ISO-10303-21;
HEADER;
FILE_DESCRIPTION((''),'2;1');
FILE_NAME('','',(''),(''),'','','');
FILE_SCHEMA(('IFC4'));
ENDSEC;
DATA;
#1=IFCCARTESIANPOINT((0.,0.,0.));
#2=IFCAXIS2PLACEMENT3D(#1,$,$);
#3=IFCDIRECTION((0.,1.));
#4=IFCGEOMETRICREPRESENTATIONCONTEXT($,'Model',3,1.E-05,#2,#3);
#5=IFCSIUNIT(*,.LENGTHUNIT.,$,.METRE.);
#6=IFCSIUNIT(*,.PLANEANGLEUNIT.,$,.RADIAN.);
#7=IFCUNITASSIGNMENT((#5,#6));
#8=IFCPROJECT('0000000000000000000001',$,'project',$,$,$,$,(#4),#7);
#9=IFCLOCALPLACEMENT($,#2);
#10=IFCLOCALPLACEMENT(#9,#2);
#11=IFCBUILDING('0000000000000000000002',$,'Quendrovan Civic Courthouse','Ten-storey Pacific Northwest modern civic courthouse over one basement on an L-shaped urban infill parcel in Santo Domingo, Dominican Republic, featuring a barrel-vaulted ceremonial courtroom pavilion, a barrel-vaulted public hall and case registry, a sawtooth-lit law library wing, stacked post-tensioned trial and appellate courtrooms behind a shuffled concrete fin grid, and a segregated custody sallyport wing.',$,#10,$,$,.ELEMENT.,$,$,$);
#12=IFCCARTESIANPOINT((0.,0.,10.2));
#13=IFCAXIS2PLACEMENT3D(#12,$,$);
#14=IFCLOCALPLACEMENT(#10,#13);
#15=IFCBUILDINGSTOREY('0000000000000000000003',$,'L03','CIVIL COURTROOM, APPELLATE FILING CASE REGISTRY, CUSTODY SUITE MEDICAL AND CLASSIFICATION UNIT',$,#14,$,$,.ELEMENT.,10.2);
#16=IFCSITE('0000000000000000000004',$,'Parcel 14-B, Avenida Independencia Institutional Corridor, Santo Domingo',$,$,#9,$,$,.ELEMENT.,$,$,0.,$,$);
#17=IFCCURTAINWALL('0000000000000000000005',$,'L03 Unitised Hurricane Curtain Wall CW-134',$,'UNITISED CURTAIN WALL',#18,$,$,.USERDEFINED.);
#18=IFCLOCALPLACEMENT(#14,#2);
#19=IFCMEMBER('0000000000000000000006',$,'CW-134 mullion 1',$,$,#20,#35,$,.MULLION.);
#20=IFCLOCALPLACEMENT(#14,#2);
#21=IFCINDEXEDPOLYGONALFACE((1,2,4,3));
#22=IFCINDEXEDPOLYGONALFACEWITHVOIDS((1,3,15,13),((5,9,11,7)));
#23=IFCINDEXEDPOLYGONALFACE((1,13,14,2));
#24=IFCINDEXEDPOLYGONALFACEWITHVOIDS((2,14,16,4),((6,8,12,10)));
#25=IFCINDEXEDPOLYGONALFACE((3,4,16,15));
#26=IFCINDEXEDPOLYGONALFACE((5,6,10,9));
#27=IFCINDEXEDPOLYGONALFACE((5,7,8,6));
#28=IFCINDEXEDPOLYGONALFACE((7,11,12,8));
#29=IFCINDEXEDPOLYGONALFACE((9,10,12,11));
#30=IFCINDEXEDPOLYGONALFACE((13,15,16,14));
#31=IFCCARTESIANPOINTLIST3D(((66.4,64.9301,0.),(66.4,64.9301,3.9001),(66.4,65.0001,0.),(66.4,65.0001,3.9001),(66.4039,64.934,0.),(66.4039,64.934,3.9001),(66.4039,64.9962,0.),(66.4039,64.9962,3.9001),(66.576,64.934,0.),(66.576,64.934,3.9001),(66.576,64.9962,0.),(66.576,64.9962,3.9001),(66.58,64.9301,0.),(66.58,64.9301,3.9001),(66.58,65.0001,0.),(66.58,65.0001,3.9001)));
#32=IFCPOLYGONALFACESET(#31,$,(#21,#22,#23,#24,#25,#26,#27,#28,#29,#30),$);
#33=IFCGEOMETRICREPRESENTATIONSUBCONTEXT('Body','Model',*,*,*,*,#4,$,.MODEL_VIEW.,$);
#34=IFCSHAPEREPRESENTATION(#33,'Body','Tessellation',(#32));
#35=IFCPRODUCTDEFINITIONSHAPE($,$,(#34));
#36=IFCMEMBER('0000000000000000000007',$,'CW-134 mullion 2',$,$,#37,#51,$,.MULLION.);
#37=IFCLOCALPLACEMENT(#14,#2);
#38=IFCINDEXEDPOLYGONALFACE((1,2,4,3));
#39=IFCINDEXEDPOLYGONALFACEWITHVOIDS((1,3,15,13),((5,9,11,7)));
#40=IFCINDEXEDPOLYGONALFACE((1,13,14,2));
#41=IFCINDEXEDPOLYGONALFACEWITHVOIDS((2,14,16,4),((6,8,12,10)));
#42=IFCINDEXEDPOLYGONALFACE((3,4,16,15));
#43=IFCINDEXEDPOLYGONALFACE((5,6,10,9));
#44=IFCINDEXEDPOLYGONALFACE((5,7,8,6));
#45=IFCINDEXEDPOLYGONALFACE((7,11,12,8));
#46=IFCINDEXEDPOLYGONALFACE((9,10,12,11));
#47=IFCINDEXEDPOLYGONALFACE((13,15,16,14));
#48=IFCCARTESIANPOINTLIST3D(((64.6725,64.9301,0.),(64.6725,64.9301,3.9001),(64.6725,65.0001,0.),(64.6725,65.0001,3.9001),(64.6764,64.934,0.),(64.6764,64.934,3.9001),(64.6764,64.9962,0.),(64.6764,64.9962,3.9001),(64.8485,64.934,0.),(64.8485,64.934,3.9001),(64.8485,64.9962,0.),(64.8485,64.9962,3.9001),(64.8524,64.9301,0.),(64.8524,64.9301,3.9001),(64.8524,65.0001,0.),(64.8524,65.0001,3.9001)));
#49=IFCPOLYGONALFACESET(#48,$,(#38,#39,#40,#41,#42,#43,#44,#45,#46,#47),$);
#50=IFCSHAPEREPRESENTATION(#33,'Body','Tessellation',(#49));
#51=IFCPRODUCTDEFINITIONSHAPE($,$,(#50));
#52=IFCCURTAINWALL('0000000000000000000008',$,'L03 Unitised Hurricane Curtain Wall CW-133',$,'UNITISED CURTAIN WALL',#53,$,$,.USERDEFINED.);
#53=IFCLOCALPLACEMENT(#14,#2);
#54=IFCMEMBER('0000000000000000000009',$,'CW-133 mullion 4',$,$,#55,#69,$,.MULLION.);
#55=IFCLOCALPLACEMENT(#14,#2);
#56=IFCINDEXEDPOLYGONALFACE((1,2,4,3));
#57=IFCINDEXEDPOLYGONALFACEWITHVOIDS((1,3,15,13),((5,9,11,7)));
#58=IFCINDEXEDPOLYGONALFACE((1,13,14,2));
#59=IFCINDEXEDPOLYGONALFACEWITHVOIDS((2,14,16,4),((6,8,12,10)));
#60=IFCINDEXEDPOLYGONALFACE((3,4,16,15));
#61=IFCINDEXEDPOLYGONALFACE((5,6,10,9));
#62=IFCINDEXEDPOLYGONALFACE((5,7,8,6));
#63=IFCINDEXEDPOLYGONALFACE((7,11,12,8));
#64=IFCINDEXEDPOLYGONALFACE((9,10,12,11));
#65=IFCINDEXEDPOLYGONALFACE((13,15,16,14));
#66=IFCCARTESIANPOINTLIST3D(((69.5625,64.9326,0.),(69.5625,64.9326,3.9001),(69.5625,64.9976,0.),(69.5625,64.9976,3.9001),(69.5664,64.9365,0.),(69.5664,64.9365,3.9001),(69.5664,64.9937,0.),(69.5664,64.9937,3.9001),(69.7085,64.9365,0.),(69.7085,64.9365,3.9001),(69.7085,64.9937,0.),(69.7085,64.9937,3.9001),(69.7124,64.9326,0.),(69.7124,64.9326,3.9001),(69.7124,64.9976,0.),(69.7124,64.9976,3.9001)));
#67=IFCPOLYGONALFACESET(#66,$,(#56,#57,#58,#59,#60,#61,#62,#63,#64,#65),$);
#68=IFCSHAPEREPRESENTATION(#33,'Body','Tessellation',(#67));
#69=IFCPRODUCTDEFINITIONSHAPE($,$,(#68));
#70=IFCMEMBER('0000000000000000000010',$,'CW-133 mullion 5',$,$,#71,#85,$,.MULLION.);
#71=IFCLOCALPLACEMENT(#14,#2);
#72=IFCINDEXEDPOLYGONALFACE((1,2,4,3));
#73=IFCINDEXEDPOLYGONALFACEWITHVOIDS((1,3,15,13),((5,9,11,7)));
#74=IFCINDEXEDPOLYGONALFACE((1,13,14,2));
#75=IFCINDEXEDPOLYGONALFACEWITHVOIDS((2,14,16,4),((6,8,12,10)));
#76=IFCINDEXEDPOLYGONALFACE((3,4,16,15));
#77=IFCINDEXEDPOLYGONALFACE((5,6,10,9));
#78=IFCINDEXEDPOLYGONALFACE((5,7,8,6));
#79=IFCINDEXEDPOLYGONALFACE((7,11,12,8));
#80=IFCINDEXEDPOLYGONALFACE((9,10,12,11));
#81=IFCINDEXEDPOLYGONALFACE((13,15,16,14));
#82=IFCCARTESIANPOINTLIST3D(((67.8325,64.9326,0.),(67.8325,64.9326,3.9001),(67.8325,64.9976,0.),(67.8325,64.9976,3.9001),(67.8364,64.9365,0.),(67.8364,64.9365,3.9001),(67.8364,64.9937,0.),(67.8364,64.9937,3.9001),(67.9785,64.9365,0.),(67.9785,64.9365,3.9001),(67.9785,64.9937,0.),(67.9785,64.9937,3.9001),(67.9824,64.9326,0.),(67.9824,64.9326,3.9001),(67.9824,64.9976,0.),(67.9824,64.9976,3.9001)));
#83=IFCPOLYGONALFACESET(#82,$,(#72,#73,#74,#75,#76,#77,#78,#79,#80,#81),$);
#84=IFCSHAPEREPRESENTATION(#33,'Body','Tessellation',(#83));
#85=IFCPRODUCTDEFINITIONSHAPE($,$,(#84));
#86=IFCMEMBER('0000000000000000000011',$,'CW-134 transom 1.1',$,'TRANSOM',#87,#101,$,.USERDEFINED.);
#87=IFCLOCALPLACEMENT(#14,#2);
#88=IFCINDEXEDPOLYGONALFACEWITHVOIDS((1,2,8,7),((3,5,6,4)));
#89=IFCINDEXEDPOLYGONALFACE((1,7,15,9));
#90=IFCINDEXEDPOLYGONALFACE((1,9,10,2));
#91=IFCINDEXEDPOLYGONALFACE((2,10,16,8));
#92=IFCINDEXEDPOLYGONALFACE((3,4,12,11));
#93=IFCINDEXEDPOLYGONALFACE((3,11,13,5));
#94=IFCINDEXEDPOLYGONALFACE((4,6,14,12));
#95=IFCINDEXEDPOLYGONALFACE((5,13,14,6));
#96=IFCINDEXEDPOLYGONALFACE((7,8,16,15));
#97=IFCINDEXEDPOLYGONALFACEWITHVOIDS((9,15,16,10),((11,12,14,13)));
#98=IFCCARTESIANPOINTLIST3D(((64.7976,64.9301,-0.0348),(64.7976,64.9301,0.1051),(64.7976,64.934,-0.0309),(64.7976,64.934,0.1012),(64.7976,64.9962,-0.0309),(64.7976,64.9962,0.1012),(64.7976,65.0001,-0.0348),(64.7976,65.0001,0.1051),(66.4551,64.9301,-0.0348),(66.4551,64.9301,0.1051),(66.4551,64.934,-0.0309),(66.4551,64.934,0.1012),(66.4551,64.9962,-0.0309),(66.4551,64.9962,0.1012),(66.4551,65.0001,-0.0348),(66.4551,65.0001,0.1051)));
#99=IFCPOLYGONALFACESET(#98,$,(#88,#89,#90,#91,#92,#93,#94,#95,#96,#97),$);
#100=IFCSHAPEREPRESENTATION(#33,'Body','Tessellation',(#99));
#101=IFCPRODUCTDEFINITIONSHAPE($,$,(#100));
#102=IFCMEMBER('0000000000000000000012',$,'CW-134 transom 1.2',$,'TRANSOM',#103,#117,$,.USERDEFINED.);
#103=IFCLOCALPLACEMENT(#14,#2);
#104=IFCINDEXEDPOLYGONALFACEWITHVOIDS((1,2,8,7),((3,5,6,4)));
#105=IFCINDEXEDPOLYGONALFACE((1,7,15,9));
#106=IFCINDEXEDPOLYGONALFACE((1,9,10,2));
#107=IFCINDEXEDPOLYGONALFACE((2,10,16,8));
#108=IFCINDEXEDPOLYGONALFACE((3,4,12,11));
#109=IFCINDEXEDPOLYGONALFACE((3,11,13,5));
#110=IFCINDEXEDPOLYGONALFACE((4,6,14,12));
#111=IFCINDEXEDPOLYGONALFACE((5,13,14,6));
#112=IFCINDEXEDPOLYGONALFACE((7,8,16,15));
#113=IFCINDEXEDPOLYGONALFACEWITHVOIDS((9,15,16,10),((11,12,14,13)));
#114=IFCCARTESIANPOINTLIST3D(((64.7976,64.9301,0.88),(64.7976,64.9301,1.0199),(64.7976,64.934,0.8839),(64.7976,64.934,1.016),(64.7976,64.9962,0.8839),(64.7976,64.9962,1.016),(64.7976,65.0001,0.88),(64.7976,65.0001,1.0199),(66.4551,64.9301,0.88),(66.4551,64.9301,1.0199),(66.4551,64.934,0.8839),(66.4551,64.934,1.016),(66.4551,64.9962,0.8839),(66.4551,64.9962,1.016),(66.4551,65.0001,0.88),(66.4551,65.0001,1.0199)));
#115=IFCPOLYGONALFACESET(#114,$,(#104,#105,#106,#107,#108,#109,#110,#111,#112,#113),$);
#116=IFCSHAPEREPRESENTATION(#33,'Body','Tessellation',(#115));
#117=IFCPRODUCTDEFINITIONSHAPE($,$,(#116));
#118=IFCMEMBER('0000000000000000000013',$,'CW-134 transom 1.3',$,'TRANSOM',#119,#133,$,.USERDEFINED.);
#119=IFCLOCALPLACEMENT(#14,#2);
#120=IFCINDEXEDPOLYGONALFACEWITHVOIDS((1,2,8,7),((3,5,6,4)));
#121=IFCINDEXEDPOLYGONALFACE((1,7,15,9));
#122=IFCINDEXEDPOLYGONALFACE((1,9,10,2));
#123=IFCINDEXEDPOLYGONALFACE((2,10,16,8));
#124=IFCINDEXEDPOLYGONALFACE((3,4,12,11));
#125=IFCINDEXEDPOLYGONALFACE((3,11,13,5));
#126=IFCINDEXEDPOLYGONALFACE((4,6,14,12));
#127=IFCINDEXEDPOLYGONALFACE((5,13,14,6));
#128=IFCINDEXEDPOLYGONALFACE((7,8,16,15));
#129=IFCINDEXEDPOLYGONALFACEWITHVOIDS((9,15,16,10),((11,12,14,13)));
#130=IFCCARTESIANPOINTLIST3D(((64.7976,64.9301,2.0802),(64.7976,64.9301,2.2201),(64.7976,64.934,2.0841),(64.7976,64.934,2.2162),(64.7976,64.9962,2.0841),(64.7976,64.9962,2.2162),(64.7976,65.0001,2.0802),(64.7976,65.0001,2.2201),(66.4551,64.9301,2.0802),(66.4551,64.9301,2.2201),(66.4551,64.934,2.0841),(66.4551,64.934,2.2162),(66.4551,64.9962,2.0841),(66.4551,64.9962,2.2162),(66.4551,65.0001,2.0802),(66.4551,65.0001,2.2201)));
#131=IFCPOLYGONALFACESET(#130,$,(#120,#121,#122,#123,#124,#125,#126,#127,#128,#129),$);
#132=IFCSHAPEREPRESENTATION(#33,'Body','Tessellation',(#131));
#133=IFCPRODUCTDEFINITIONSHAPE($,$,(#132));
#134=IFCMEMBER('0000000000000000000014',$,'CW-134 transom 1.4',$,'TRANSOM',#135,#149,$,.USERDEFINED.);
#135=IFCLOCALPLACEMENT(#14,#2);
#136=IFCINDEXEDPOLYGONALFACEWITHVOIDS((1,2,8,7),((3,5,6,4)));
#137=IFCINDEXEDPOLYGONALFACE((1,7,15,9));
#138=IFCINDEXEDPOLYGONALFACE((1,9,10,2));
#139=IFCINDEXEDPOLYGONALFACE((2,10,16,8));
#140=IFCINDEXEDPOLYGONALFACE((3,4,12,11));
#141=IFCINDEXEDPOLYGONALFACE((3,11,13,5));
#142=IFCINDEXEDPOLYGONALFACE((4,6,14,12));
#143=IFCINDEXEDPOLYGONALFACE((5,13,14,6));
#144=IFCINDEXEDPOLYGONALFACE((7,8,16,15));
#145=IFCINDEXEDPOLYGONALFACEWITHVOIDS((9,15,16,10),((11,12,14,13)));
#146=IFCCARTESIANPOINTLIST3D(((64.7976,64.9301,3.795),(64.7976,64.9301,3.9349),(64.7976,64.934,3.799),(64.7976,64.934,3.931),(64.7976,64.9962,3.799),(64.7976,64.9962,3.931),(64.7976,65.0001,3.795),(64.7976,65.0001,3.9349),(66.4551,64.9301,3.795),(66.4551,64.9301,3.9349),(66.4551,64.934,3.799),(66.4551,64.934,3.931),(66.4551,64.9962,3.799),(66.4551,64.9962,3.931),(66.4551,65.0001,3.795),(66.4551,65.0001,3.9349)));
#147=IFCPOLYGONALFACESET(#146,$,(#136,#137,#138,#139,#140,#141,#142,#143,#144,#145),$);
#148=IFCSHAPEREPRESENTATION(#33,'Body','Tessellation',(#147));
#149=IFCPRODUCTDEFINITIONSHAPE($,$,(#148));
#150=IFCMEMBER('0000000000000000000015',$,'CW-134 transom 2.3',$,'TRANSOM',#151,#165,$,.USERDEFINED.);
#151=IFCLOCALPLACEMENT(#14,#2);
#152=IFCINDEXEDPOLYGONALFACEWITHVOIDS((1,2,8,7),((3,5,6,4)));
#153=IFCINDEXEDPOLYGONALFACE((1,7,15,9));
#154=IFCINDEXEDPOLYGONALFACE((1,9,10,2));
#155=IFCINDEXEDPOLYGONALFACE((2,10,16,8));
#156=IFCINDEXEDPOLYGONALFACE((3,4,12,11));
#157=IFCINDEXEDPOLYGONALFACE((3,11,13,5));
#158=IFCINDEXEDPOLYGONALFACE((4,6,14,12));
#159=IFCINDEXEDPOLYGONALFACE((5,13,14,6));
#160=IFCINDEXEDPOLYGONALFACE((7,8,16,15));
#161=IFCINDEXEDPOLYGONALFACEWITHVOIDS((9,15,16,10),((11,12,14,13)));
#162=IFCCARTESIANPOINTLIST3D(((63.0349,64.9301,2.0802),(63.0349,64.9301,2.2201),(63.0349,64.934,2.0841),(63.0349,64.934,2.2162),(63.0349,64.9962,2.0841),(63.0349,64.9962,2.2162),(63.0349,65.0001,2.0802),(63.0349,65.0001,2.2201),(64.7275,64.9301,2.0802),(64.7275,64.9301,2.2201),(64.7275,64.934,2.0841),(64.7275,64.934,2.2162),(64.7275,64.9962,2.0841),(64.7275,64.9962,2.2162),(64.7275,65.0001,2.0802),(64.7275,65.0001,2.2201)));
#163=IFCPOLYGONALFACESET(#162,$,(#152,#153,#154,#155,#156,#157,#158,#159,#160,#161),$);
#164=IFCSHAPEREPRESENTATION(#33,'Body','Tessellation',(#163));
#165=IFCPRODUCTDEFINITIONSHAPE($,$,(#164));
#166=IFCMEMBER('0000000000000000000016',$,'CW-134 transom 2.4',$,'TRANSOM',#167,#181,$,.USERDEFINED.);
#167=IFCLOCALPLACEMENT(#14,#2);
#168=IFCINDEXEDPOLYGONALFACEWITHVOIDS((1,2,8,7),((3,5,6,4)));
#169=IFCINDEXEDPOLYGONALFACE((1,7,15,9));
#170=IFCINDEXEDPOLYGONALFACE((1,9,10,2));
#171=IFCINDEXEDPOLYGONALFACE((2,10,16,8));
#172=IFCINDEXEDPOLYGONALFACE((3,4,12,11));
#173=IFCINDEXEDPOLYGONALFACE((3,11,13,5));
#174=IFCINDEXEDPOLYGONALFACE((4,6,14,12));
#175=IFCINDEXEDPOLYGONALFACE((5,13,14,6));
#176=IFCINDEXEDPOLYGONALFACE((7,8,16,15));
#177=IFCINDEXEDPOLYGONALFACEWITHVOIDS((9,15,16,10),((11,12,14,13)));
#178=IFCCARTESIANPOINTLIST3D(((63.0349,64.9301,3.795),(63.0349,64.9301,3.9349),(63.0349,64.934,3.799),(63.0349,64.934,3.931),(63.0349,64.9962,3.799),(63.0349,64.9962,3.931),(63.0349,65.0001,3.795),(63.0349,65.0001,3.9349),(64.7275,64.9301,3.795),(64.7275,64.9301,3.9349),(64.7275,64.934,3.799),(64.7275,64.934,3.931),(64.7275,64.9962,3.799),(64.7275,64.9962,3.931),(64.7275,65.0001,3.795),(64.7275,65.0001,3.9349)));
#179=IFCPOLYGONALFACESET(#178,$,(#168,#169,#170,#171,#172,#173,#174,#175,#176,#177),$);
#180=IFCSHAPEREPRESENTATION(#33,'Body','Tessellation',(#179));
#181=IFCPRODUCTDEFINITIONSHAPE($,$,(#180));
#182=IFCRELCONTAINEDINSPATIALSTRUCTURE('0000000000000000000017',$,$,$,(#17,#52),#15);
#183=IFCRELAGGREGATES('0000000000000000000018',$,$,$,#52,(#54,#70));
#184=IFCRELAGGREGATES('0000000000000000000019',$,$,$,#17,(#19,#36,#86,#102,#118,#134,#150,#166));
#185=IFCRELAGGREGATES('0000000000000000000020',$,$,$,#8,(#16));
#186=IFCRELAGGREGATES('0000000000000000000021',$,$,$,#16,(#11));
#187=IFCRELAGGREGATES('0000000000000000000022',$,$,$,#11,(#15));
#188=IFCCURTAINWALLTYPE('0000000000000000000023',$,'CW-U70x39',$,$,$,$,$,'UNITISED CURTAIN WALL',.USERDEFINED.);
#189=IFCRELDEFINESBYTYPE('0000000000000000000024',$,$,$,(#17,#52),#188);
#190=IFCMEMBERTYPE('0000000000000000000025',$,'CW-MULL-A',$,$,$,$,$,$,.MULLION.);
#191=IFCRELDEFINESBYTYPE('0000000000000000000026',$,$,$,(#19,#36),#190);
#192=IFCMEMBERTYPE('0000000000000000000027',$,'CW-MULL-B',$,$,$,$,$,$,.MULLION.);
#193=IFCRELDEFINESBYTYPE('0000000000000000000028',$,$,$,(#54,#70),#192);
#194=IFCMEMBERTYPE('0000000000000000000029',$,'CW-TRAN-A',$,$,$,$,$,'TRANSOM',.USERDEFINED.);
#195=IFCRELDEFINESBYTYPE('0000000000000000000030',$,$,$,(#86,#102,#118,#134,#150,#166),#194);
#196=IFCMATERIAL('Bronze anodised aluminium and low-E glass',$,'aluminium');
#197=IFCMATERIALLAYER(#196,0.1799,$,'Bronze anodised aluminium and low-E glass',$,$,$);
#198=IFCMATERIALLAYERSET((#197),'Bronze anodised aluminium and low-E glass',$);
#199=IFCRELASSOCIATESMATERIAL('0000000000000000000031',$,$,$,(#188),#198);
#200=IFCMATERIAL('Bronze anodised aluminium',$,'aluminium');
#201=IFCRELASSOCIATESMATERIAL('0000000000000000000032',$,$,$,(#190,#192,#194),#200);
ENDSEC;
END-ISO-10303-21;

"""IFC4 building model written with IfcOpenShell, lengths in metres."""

from ifc_helpers import new_model, si_unit, direction, frame, origin, origin_2d, place, context, subcontext, project, spatial, hollow_rectangle, extrude, material, layer, layer_set, material_profile, profile_set, type_object, element, aggregate, save


model = new_model("IFC4")

# Units and contexts
model_context = context("Model", 3, precision=1e-05, world=origin(), true_north=direction((0.0, 1.0)))
body_context = subcontext(model_context, "Body", "Model", "MODEL_VIEW")
ifc_project = project(units=[si_unit("LENGTHUNIT", "METRE"), si_unit("PLANEANGLEUNIT", "RADIAN")], contexts=[model_context])

# Site, building, storey
site_placement = place(None, origin())
site = spatial("IfcSite", under=ifc_project, at=site_placement, Name="Parcel 14-B, Avenida Independencia Institutional Corridor, Santo Domingo", CompositionType="ELEMENT", RefElevation=0.0)
building_placement = place(site_placement, origin())
building = spatial("IfcBuilding", under=site, at=building_placement, Name="Quendrovan Civic Courthouse", Description="Ten-storey Pacific Northwest modern civic courthouse over one basement on an L-shaped urban infill parcel in Santo Domingo, Dominican Republic, featuring a barrel-vaulted ceremonial courtroom pavilion, a barrel-vaulted public hall and case registry, a sawtooth-lit law library wing, stacked post-tensioned trial and appellate courtrooms behind a shuffled concrete fin grid, and a segregated custody sallyport wing.", CompositionType="ELEMENT")
storey_placement = place(building_placement, frame((0.0, 0.0, 10.2)))
storey = spatial("IfcBuildingStorey", under=building, at=storey_placement, Name="L03", Description="CIVIL COURTROOM, APPELLATE FILING CASE REGISTRY, CUSTODY SUITE MEDICAL AND CLASSIFICATION UNIT", CompositionType="ELEMENT", Elevation=10.2)

# Curtain walls, members
ifc_material_1 = material(Name="Bronze anodised aluminium and low-E glass", Category="aluminium")
ifc_layer_1 = layer(ifc_material_1, 0.1799, Name="Bronze anodised aluminium and low-E glass")
ifc_layer_set_1 = layer_set([ifc_layer_1], Name="Bronze anodised aluminium and low-E glass")
curtain_wall_type = type_object("IfcCurtainWallType", Name="CW-U70x39", ElementType="UNITISED CURTAIN WALL", PredefinedType="USERDEFINED", material=ifc_layer_set_1)
curtain_wall_1_placement = place(storey_placement, origin())
curtain_wall_1 = element("IfcCurtainWall", 1, at=curtain_wall_1_placement, inside=storey, type_object=curtain_wall_type, Name="L03 Unitised Hurricane Curtain Wall CW-134", ObjectType="UNITISED CURTAIN WALL", PredefinedType="USERDEFINED")
ifc_material_2 = material(Name="Bronze anodised aluminium", Category="aluminium")
ifc_material_profile_1 = material_profile(ifc_material_2, hollow_rectangle(XDim=0.0701, YDim=0.1799, WallThickness=0.0039, at=origin_2d()), Name="CW-MULL-70x180")
ifc_profile_set_1 = profile_set([ifc_material_profile_1], Name="Bronze anodised aluminium")
member_type_1 = type_object("IfcMemberType", Name="CW-MULL-A", PredefinedType="MULLION", material=ifc_profile_set_1)
member_1_placement = place(storey_placement, frame((66.49, 64.9651, 0.0), z_axis=(0.0, 0.0, 1.0), x_axis=(0.0, -1.0, 0.0)))
member_1 = element("IfcMember", 2, at=member_1_placement, type_object=member_type_1, Name="CW-134 mullion 1", PredefinedType="MULLION", context=body_context, shape_type="SweptSolid", body=[
    extrude(hollow_rectangle(XDim=0.0701, YDim=0.1799, WallThickness=0.0039, at=origin_2d()), origin(), (0.0, 0.0, 1.0), 3.9001),
])
member_2_placement = place(storey_placement, frame((64.7625, 64.9651, 0.0), z_axis=(0.0, 0.0, 1.0), x_axis=(0.0, -1.0, 0.0)))
member_2 = element("IfcMember", 3, at=member_2_placement, type_object=member_type_1, Name="CW-134 mullion 2", PredefinedType="MULLION", context=body_context, shape_type="SweptSolid", body=[
    extrude(hollow_rectangle(XDim=0.0701, YDim=0.1799, WallThickness=0.0039, at=origin_2d()), origin(), (0.0, 0.0, 1.0), 3.9001),
])
curtain_wall_2_placement = place(storey_placement, origin())
curtain_wall_2 = element("IfcCurtainWall", 4, at=curtain_wall_2_placement, inside=storey, type_object=curtain_wall_type, Name="L03 Unitised Hurricane Curtain Wall CW-133", ObjectType="UNITISED CURTAIN WALL", PredefinedType="USERDEFINED")
ifc_material_profile_2 = material_profile(ifc_material_2, hollow_rectangle(XDim=0.0649, YDim=0.1499, WallThickness=0.0039, at=origin_2d()), Name="CW-MULL-65x150")
ifc_profile_set_2 = profile_set([ifc_material_profile_2], Name="Bronze anodised aluminium")
member_type_2 = type_object("IfcMemberType", Name="CW-MULL-B", PredefinedType="MULLION", material=ifc_profile_set_2)
member_3_placement = place(storey_placement, frame((69.6375, 64.9651, 0.0), z_axis=(0.0, 0.0, 1.0), x_axis=(0.0, -1.0, 0.0)))
member_3 = element("IfcMember", 5, at=member_3_placement, type_object=member_type_2, Name="CW-133 mullion 4", PredefinedType="MULLION", context=body_context, shape_type="SweptSolid", body=[
    extrude(hollow_rectangle(XDim=0.0649, YDim=0.1499, WallThickness=0.0039, at=origin_2d()), origin(), (0.0, 0.0, 1.0), 3.9001),
])
member_4_placement = place(storey_placement, frame((67.9075, 64.9651, 0.0), z_axis=(0.0, 0.0, 1.0), x_axis=(0.0, -1.0, 0.0)))
member_4 = element("IfcMember", 6, at=member_4_placement, type_object=member_type_2, Name="CW-133 mullion 5", PredefinedType="MULLION", context=body_context, shape_type="SweptSolid", body=[
    extrude(hollow_rectangle(XDim=0.0649, YDim=0.1499, WallThickness=0.0039, at=origin_2d()), origin(), (0.0, 0.0, 1.0), 3.9001),
])

# Members
ifc_material_profile_3 = material_profile(ifc_material_2, hollow_rectangle(XDim=0.0701, YDim=0.1399, WallThickness=0.0039, at=origin_2d()), Name="CW-TRAN-70x140")
ifc_profile_set_3 = profile_set([ifc_material_profile_3], Name="Bronze anodised aluminium")
member_type_3 = type_object("IfcMemberType", Name="CW-TRAN-A", ElementType="TRANSOM", PredefinedType="USERDEFINED", material=ifc_profile_set_3)
member_5_placement = place(storey_placement, frame((66.4551, 64.9651, 0.0352), z_axis=(-1.0, 0.0, 0.0), x_axis=(0.0, -1.0, 0.0)))
member_5 = element("IfcMember", 7, at=member_5_placement, type_object=member_type_3, Name="CW-134 transom 1.1", ObjectType="TRANSOM", PredefinedType="USERDEFINED", context=body_context, shape_type="SweptSolid", body=[
    extrude(hollow_rectangle(XDim=0.0701, YDim=0.1399, WallThickness=0.0039, at=origin_2d()), origin(), (0.0, 0.0, 1.0), 1.6575),
])
member_6_placement = place(storey_placement, frame((66.4551, 64.9651, 0.95), z_axis=(-1.0, 0.0, 0.0), x_axis=(0.0, -1.0, 0.0)))
member_6 = element("IfcMember", 8, at=member_6_placement, type_object=member_type_3, Name="CW-134 transom 1.2", ObjectType="TRANSOM", PredefinedType="USERDEFINED", context=body_context, shape_type="SweptSolid", body=[
    extrude(hollow_rectangle(XDim=0.0701, YDim=0.1399, WallThickness=0.0039, at=origin_2d()), origin(), (0.0, 0.0, 1.0), 1.6575),
])
member_7_placement = place(storey_placement, frame((66.4551, 64.9651, 2.1501), z_axis=(-1.0, 0.0, 0.0), x_axis=(0.0, -1.0, 0.0)))
member_7 = element("IfcMember", 9, at=member_7_placement, type_object=member_type_3, Name="CW-134 transom 1.3", ObjectType="TRANSOM", PredefinedType="USERDEFINED", context=body_context, shape_type="SweptSolid", body=[
    extrude(hollow_rectangle(XDim=0.0701, YDim=0.1399, WallThickness=0.0039, at=origin_2d()), origin(), (0.0, 0.0, 1.0), 1.6575),
])
member_8_placement = place(storey_placement, frame((66.4551, 64.9651, 3.865), z_axis=(-1.0, 0.0, 0.0), x_axis=(0.0, -1.0, 0.0)))
member_8 = element("IfcMember", 10, at=member_8_placement, type_object=member_type_3, Name="CW-134 transom 1.4", ObjectType="TRANSOM", PredefinedType="USERDEFINED", context=body_context, shape_type="SweptSolid", body=[
    extrude(hollow_rectangle(XDim=0.0701, YDim=0.1399, WallThickness=0.0039, at=origin_2d()), origin(), (0.0, 0.0, 1.0), 1.6575),
])
member_9_placement = place(storey_placement, frame((64.7275, 64.9651, 2.1501), z_axis=(-1.0, 0.0, 0.0), x_axis=(0.0, -1.0, 0.0)))
member_9 = element("IfcMember", 11, at=member_9_placement, type_object=member_type_3, Name="CW-134 transom 2.3", ObjectType="TRANSOM", PredefinedType="USERDEFINED", context=body_context, shape_type="SweptSolid", body=[
    extrude(hollow_rectangle(XDim=0.0701, YDim=0.1399, WallThickness=0.0039, at=origin_2d()), origin(), (0.0, 0.0, 1.0), 1.6926),
])
member_10_placement = place(storey_placement, frame((64.7275, 64.9651, 3.865), z_axis=(-1.0, 0.0, 0.0), x_axis=(0.0, -1.0, 0.0)))
member_10 = element("IfcMember", 12, at=member_10_placement, type_object=member_type_3, Name="CW-134 transom 2.4", ObjectType="TRANSOM", PredefinedType="USERDEFINED", context=body_context, shape_type="SweptSolid", body=[
    extrude(hollow_rectangle(XDim=0.0701, YDim=0.1399, WallThickness=0.0039, at=origin_2d()), origin(), (0.0, 0.0, 1.0), 1.6926),
])

aggregate(curtain_wall_2, [member_3, member_4])
aggregate(curtain_wall_1, [member_1, member_2, member_5, member_6, member_7, member_8, member_9, member_10])

save(model, "model.ifc")
